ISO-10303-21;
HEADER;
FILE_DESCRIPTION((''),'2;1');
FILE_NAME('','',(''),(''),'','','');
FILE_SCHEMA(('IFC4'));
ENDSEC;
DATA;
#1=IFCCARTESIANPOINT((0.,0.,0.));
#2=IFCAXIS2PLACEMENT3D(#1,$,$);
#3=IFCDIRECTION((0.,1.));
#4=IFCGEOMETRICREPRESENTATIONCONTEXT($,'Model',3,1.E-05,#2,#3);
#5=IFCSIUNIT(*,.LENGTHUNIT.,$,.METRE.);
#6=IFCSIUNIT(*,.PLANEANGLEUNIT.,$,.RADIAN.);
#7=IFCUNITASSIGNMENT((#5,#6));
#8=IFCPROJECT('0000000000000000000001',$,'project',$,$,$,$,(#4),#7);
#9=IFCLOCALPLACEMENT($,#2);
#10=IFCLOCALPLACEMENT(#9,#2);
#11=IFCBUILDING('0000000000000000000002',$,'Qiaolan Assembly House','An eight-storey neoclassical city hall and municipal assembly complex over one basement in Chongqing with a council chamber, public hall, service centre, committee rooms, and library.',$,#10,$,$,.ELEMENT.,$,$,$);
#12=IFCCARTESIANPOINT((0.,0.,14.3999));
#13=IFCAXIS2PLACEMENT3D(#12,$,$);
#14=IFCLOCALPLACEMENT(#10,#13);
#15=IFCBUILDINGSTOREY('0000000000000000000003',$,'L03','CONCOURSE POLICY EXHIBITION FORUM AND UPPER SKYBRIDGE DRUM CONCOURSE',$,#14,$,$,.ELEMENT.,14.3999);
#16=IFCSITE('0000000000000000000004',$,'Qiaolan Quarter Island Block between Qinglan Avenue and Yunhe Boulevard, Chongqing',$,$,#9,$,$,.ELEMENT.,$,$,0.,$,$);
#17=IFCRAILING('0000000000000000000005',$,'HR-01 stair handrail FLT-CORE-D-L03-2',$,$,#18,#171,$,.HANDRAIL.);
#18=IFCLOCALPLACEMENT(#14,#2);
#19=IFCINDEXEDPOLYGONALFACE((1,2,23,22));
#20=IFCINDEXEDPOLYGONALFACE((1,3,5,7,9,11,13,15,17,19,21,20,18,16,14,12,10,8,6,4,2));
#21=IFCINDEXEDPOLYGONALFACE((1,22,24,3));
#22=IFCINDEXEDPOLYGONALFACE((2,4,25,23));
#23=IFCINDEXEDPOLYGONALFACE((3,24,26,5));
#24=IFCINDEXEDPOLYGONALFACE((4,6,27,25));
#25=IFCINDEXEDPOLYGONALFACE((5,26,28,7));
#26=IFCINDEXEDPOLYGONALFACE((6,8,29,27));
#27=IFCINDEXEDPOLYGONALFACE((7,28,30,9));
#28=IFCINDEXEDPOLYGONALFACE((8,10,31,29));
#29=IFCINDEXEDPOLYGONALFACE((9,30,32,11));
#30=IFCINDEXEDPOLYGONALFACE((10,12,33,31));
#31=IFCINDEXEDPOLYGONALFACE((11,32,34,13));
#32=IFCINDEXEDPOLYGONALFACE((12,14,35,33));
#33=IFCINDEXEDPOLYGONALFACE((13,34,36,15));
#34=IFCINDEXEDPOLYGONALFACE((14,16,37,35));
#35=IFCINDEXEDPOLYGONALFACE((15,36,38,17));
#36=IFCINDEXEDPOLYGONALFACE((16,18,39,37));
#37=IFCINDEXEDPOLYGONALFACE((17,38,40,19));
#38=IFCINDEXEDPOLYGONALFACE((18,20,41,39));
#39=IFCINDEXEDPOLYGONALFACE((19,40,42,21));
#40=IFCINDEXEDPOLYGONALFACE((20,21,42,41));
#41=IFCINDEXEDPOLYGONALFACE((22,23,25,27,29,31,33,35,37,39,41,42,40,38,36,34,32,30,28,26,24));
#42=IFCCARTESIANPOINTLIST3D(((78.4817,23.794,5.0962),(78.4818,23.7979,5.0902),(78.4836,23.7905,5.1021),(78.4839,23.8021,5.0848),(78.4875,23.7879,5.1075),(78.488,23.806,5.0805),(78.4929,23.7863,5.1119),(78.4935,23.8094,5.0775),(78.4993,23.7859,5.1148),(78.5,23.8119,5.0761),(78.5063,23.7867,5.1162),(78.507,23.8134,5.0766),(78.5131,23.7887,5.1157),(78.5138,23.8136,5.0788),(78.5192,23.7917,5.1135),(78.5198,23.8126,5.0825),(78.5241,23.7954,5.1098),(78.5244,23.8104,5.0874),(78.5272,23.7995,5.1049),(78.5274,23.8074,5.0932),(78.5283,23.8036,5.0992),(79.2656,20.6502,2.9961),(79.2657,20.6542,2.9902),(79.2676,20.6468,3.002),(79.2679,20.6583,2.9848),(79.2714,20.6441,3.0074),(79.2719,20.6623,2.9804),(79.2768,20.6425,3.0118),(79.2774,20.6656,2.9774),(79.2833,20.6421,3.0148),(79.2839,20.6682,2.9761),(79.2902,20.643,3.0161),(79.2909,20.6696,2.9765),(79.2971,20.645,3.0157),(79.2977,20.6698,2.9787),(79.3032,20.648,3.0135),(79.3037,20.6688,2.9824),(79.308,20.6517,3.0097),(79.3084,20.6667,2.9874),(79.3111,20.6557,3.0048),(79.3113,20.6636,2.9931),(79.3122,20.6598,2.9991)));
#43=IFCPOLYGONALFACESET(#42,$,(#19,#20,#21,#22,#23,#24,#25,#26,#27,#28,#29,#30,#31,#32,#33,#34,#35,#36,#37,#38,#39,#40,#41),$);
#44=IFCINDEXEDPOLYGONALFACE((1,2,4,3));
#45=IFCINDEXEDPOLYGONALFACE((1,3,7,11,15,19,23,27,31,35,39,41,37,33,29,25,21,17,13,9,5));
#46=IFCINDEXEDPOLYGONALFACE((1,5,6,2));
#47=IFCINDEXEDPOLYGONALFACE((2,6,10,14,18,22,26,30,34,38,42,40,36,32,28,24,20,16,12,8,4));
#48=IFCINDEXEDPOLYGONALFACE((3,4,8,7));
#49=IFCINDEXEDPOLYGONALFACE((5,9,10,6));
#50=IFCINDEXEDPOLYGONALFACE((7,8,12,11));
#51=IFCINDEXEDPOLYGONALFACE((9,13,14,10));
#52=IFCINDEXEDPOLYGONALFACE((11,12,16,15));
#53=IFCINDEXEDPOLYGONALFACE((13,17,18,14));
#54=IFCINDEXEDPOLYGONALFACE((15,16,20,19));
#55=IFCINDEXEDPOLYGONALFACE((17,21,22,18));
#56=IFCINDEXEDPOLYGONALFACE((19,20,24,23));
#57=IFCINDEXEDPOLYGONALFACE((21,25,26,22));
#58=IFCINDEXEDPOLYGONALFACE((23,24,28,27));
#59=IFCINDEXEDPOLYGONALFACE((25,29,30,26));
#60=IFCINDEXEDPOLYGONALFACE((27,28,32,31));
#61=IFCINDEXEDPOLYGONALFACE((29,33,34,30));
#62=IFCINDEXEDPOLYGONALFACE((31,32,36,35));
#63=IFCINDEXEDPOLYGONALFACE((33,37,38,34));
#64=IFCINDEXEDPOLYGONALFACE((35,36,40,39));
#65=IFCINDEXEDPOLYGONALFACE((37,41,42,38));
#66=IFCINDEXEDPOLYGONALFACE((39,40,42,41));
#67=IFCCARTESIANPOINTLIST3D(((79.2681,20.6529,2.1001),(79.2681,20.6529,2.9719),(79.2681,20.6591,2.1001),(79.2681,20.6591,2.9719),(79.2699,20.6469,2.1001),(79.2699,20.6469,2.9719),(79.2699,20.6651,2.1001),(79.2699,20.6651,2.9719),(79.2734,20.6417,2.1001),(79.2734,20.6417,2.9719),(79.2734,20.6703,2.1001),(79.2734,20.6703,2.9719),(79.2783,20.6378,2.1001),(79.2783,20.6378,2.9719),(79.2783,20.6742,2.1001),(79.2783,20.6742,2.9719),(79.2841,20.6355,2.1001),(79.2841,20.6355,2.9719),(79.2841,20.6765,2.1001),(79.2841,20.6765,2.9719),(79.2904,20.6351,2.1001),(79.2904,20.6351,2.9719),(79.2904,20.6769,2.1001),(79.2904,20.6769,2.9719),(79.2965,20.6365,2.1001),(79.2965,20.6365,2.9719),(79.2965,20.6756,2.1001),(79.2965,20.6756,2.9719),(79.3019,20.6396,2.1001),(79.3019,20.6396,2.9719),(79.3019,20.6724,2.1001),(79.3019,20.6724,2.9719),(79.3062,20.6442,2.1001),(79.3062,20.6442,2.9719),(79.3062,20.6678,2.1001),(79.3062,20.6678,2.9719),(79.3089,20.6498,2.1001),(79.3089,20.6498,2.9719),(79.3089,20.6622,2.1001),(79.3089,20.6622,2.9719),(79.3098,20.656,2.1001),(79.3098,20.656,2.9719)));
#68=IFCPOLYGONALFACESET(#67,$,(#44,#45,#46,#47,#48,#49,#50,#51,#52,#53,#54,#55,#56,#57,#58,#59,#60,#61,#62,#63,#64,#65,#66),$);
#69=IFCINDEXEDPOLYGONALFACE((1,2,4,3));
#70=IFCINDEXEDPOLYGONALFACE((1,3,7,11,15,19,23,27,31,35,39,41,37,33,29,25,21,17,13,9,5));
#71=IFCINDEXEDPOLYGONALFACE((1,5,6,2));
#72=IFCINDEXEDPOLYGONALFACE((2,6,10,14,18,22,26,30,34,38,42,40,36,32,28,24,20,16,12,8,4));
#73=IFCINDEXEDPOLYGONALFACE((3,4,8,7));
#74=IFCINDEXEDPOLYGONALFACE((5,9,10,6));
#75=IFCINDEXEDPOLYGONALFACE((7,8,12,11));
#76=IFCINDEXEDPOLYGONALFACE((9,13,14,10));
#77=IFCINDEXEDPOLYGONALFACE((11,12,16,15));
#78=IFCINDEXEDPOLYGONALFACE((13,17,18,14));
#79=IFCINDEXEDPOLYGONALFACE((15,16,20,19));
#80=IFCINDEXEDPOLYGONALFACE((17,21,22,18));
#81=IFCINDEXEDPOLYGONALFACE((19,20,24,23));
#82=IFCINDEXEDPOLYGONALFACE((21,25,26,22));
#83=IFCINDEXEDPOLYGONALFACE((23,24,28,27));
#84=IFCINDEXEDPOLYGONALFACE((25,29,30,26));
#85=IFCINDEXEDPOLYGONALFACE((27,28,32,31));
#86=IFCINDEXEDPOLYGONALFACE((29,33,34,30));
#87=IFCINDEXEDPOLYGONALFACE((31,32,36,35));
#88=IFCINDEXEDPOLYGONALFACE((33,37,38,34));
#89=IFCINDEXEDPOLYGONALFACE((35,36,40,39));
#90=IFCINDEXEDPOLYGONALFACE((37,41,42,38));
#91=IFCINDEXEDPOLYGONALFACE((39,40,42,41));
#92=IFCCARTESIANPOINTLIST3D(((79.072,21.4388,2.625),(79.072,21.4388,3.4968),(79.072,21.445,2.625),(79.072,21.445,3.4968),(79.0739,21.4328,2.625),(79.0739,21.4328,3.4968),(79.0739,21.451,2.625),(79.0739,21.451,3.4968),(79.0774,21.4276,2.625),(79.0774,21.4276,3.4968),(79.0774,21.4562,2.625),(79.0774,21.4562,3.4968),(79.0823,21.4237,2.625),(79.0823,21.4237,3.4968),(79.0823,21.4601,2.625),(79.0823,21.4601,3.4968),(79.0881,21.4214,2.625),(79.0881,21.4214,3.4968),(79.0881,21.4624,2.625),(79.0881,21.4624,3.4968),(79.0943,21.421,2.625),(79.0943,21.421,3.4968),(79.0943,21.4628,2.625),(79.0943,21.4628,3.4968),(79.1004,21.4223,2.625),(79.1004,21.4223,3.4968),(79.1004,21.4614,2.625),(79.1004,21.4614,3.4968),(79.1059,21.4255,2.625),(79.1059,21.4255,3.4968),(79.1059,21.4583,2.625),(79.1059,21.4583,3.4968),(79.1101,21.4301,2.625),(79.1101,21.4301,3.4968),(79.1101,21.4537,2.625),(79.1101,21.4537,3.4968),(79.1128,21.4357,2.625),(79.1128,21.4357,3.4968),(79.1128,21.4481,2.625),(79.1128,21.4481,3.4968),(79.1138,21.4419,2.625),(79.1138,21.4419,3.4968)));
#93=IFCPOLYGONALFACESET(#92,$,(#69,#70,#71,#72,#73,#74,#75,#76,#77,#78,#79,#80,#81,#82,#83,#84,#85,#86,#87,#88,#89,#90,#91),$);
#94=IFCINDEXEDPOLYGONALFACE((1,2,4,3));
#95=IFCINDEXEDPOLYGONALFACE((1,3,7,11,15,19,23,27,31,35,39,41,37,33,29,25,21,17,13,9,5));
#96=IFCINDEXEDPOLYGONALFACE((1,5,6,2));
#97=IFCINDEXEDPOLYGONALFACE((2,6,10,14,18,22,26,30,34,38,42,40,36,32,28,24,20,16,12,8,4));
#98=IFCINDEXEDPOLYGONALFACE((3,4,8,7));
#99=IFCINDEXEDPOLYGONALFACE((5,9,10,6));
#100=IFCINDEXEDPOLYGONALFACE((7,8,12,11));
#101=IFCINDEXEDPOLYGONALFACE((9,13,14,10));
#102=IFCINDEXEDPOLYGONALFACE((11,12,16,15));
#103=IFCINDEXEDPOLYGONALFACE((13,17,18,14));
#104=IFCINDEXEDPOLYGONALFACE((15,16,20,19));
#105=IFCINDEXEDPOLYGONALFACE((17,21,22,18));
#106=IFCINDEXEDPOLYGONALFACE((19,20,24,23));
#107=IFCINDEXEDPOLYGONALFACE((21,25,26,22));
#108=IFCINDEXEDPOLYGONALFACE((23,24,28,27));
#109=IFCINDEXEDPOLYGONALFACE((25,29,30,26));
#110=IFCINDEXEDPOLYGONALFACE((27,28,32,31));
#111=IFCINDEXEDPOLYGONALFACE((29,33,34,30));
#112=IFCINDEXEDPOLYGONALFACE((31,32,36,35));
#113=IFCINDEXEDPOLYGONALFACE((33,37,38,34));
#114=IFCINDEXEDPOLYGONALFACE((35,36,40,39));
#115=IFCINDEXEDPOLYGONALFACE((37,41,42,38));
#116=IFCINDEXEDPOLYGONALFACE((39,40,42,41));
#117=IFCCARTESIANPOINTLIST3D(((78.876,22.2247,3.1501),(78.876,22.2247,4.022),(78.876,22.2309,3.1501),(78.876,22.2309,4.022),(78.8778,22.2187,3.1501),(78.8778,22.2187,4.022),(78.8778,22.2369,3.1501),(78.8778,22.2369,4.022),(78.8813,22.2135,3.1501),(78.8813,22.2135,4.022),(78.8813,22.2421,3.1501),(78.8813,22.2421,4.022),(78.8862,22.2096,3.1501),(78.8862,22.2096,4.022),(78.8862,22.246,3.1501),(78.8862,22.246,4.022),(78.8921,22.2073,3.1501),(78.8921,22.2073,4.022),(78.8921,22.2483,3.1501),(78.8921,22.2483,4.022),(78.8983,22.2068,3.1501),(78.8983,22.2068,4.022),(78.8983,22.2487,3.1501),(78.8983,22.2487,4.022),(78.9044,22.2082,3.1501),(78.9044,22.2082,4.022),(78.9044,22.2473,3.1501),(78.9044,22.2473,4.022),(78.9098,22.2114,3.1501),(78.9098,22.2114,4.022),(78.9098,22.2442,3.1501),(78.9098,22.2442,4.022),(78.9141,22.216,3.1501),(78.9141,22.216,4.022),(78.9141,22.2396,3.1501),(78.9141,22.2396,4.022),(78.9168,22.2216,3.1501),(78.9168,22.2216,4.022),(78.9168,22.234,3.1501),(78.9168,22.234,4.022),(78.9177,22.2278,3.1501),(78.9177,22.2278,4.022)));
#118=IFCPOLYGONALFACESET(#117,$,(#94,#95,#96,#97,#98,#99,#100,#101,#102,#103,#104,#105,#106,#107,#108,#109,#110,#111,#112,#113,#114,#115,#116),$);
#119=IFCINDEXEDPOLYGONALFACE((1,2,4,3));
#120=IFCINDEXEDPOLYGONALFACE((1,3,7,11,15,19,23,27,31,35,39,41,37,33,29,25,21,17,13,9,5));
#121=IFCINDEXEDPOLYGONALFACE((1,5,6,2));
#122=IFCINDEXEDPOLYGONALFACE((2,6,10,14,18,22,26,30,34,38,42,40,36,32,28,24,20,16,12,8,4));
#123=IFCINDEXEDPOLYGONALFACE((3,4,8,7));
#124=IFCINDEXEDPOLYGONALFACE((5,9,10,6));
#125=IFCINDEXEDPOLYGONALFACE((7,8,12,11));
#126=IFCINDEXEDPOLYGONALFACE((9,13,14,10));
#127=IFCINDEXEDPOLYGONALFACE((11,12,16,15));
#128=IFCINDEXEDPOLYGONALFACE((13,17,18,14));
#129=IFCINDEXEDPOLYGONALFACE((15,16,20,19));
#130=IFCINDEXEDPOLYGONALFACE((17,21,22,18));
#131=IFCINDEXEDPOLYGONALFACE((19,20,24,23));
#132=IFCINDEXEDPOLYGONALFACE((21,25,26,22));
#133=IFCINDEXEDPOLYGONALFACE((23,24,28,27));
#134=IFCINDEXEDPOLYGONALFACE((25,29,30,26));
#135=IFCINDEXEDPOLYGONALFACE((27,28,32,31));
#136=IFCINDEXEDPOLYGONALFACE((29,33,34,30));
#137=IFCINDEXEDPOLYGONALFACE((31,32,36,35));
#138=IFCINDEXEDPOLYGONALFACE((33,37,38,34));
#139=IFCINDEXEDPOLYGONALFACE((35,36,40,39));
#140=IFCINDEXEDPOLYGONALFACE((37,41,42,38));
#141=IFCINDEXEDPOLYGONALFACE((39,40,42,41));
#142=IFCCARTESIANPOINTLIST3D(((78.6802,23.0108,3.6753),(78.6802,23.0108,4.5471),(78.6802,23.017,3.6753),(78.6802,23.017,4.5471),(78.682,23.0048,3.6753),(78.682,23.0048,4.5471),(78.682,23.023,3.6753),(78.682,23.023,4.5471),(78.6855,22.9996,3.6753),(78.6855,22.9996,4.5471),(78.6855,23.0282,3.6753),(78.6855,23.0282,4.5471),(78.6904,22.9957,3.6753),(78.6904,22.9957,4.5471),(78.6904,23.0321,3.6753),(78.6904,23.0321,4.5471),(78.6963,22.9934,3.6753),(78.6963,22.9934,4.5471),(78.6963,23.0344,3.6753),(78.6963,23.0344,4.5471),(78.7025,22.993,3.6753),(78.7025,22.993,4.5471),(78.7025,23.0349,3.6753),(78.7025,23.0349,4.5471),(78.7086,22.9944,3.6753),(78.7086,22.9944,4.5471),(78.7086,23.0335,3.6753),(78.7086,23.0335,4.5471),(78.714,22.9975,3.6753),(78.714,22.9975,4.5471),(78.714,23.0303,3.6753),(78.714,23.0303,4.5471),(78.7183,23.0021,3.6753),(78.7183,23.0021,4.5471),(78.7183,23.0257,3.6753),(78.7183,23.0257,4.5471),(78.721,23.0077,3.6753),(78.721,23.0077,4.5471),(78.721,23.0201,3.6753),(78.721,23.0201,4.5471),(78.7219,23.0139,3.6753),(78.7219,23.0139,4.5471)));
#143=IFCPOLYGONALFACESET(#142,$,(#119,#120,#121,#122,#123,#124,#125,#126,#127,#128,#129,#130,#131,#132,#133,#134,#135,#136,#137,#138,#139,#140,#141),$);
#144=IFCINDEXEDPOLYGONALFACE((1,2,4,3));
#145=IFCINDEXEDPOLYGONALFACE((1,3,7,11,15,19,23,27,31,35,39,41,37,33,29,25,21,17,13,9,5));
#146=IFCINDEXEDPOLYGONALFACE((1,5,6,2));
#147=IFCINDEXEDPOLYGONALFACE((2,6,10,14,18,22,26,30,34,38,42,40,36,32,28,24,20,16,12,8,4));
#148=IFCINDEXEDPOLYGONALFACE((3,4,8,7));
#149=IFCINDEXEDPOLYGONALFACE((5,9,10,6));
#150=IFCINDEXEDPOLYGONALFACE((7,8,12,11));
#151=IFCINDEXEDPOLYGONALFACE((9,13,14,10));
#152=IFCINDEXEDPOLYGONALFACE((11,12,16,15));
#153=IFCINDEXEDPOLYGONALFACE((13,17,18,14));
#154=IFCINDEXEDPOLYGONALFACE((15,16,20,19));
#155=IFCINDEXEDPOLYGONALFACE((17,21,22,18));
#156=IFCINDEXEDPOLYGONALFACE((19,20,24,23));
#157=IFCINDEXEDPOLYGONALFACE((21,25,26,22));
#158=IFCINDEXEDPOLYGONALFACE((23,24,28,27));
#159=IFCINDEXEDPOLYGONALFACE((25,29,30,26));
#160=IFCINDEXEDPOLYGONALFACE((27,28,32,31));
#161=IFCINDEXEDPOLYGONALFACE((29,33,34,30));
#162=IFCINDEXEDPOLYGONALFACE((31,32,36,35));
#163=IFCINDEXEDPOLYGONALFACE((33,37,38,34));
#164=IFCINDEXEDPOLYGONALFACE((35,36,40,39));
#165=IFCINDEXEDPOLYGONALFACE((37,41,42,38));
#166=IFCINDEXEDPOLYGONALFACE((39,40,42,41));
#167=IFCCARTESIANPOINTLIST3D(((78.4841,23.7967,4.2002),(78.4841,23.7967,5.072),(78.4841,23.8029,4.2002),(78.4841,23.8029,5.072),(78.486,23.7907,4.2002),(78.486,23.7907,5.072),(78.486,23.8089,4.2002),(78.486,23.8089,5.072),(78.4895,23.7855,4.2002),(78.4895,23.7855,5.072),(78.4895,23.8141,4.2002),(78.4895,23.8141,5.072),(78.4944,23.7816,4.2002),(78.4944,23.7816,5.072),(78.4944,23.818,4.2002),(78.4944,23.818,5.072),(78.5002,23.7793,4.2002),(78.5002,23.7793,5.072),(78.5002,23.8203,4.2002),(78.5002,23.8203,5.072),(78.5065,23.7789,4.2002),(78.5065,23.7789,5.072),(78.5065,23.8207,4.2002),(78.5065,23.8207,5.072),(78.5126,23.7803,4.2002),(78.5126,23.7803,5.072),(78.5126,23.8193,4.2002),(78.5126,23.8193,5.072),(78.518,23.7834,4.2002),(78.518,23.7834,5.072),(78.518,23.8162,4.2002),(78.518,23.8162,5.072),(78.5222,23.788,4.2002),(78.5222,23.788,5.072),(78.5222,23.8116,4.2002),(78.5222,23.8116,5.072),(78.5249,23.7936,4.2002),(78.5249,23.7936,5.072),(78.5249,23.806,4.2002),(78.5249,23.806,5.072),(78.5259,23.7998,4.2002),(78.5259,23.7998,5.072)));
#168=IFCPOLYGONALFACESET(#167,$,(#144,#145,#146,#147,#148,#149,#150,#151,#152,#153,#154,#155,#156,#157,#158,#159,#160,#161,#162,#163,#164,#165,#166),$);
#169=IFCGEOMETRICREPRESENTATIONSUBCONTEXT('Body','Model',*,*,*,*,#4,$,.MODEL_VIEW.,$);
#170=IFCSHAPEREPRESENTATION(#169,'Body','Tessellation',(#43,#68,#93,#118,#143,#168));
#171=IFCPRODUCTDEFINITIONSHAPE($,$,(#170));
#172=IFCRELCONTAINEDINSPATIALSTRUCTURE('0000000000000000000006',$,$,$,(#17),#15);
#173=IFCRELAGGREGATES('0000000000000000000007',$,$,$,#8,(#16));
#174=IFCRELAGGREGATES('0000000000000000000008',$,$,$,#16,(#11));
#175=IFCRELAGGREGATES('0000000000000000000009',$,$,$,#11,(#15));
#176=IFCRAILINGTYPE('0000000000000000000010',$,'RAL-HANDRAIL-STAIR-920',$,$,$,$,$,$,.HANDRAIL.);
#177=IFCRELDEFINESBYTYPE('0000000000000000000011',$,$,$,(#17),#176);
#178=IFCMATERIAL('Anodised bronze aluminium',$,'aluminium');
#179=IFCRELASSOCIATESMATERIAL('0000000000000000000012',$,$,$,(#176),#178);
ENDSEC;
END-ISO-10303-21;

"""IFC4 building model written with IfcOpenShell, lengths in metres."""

from ifc_helpers import new_model, si_unit, direction, frame, origin, origin_2d, place, context, subcontext, project, spatial, circle, extrude, material, type_object, element, save


model = new_model("IFC4")

# Units and contexts
model_context = context("Model", 3, precision=1e-05, world=origin(), true_north=direction((0.0, 1.0)))
body_context = subcontext(model_context, "Body", "Model", "MODEL_VIEW")
ifc_project = project(units=[si_unit("LENGTHUNIT", "METRE"), si_unit("PLANEANGLEUNIT", "RADIAN")], contexts=[model_context])

# Site, building, storey
site_placement = place(None, origin())
site = spatial("IfcSite", under=ifc_project, at=site_placement, Name="Qiaolan Quarter Island Block between Qinglan Avenue and Yunhe Boulevard, Chongqing", CompositionType="ELEMENT", RefElevation=0.0)
building_placement = place(site_placement, origin())
building = spatial("IfcBuilding", under=site, at=building_placement, Name="Qiaolan Assembly House", Description="An eight-storey neoclassical city hall and municipal assembly complex over one basement in Chongqing with a council chamber, public hall, service centre, committee rooms, and library.", CompositionType="ELEMENT")
storey_placement = place(building_placement, frame((0.0, 0.0, 14.3999)))
storey = spatial("IfcBuildingStorey", under=building, at=storey_placement, Name="L03", Description="CONCOURSE POLICY EXHIBITION FORUM AND UPPER SKYBRIDGE DRUM CONCOURSE", CompositionType="ELEMENT", Elevation=14.3999)

# Railing
ifc_material_1 = material(Name="Anodised bronze aluminium", Category="aluminium")
railing_type_1 = type_object("IfcRailingType", Name="RAL-HANDRAIL-STAIR-920", PredefinedType="HANDRAIL", material=ifc_material_1)
railing_1_placement = place(storey_placement, frame((79.2888, 20.656, 2.1001)))
element("IfcRailing", 1, at=railing_1_placement, inside=storey, type_object=railing_type_1, Name="HR-01 stair handrail FLT-CORE-D-L03-2", PredefinedType="HANDRAIL", context=body_context, shape_type="SweptSolid", body=[
    extrude(circle(Radius=0.0239, at=origin_2d()), frame((0.0, 0.0, 0.896), z_axis=(-0.203032, 0.814214, 0.543905), x_axis=(-0.970289, -0.241951, 0.0)), (0.0, 0.0, 1.0), 3.8611),
    extrude(circle(Radius=0.021, at=origin_2d()), origin(), (0.0, 0.0, 1.0), 0.8718),
    extrude(circle(Radius=0.021, at=origin_2d()), frame((-0.196, 0.7859, 0.5249)), (0.0, 0.0, 1.0), 0.8718),
    extrude(circle(Radius=0.021, at=origin_2d()), frame((-0.3921, 1.5718, 1.05)), (0.0, 0.0, 1.0), 0.8718),
    extrude(circle(Radius=0.021, at=origin_2d()), frame((-0.5879, 2.3579, 1.5752)), (0.0, 0.0, 1.0), 0.8718),
    extrude(circle(Radius=0.021, at=origin_2d()), frame((-0.7839, 3.1438, 2.1001)), (0.0, 0.0, 1.0), 0.8718),
])

save(model, "model.ifc")
